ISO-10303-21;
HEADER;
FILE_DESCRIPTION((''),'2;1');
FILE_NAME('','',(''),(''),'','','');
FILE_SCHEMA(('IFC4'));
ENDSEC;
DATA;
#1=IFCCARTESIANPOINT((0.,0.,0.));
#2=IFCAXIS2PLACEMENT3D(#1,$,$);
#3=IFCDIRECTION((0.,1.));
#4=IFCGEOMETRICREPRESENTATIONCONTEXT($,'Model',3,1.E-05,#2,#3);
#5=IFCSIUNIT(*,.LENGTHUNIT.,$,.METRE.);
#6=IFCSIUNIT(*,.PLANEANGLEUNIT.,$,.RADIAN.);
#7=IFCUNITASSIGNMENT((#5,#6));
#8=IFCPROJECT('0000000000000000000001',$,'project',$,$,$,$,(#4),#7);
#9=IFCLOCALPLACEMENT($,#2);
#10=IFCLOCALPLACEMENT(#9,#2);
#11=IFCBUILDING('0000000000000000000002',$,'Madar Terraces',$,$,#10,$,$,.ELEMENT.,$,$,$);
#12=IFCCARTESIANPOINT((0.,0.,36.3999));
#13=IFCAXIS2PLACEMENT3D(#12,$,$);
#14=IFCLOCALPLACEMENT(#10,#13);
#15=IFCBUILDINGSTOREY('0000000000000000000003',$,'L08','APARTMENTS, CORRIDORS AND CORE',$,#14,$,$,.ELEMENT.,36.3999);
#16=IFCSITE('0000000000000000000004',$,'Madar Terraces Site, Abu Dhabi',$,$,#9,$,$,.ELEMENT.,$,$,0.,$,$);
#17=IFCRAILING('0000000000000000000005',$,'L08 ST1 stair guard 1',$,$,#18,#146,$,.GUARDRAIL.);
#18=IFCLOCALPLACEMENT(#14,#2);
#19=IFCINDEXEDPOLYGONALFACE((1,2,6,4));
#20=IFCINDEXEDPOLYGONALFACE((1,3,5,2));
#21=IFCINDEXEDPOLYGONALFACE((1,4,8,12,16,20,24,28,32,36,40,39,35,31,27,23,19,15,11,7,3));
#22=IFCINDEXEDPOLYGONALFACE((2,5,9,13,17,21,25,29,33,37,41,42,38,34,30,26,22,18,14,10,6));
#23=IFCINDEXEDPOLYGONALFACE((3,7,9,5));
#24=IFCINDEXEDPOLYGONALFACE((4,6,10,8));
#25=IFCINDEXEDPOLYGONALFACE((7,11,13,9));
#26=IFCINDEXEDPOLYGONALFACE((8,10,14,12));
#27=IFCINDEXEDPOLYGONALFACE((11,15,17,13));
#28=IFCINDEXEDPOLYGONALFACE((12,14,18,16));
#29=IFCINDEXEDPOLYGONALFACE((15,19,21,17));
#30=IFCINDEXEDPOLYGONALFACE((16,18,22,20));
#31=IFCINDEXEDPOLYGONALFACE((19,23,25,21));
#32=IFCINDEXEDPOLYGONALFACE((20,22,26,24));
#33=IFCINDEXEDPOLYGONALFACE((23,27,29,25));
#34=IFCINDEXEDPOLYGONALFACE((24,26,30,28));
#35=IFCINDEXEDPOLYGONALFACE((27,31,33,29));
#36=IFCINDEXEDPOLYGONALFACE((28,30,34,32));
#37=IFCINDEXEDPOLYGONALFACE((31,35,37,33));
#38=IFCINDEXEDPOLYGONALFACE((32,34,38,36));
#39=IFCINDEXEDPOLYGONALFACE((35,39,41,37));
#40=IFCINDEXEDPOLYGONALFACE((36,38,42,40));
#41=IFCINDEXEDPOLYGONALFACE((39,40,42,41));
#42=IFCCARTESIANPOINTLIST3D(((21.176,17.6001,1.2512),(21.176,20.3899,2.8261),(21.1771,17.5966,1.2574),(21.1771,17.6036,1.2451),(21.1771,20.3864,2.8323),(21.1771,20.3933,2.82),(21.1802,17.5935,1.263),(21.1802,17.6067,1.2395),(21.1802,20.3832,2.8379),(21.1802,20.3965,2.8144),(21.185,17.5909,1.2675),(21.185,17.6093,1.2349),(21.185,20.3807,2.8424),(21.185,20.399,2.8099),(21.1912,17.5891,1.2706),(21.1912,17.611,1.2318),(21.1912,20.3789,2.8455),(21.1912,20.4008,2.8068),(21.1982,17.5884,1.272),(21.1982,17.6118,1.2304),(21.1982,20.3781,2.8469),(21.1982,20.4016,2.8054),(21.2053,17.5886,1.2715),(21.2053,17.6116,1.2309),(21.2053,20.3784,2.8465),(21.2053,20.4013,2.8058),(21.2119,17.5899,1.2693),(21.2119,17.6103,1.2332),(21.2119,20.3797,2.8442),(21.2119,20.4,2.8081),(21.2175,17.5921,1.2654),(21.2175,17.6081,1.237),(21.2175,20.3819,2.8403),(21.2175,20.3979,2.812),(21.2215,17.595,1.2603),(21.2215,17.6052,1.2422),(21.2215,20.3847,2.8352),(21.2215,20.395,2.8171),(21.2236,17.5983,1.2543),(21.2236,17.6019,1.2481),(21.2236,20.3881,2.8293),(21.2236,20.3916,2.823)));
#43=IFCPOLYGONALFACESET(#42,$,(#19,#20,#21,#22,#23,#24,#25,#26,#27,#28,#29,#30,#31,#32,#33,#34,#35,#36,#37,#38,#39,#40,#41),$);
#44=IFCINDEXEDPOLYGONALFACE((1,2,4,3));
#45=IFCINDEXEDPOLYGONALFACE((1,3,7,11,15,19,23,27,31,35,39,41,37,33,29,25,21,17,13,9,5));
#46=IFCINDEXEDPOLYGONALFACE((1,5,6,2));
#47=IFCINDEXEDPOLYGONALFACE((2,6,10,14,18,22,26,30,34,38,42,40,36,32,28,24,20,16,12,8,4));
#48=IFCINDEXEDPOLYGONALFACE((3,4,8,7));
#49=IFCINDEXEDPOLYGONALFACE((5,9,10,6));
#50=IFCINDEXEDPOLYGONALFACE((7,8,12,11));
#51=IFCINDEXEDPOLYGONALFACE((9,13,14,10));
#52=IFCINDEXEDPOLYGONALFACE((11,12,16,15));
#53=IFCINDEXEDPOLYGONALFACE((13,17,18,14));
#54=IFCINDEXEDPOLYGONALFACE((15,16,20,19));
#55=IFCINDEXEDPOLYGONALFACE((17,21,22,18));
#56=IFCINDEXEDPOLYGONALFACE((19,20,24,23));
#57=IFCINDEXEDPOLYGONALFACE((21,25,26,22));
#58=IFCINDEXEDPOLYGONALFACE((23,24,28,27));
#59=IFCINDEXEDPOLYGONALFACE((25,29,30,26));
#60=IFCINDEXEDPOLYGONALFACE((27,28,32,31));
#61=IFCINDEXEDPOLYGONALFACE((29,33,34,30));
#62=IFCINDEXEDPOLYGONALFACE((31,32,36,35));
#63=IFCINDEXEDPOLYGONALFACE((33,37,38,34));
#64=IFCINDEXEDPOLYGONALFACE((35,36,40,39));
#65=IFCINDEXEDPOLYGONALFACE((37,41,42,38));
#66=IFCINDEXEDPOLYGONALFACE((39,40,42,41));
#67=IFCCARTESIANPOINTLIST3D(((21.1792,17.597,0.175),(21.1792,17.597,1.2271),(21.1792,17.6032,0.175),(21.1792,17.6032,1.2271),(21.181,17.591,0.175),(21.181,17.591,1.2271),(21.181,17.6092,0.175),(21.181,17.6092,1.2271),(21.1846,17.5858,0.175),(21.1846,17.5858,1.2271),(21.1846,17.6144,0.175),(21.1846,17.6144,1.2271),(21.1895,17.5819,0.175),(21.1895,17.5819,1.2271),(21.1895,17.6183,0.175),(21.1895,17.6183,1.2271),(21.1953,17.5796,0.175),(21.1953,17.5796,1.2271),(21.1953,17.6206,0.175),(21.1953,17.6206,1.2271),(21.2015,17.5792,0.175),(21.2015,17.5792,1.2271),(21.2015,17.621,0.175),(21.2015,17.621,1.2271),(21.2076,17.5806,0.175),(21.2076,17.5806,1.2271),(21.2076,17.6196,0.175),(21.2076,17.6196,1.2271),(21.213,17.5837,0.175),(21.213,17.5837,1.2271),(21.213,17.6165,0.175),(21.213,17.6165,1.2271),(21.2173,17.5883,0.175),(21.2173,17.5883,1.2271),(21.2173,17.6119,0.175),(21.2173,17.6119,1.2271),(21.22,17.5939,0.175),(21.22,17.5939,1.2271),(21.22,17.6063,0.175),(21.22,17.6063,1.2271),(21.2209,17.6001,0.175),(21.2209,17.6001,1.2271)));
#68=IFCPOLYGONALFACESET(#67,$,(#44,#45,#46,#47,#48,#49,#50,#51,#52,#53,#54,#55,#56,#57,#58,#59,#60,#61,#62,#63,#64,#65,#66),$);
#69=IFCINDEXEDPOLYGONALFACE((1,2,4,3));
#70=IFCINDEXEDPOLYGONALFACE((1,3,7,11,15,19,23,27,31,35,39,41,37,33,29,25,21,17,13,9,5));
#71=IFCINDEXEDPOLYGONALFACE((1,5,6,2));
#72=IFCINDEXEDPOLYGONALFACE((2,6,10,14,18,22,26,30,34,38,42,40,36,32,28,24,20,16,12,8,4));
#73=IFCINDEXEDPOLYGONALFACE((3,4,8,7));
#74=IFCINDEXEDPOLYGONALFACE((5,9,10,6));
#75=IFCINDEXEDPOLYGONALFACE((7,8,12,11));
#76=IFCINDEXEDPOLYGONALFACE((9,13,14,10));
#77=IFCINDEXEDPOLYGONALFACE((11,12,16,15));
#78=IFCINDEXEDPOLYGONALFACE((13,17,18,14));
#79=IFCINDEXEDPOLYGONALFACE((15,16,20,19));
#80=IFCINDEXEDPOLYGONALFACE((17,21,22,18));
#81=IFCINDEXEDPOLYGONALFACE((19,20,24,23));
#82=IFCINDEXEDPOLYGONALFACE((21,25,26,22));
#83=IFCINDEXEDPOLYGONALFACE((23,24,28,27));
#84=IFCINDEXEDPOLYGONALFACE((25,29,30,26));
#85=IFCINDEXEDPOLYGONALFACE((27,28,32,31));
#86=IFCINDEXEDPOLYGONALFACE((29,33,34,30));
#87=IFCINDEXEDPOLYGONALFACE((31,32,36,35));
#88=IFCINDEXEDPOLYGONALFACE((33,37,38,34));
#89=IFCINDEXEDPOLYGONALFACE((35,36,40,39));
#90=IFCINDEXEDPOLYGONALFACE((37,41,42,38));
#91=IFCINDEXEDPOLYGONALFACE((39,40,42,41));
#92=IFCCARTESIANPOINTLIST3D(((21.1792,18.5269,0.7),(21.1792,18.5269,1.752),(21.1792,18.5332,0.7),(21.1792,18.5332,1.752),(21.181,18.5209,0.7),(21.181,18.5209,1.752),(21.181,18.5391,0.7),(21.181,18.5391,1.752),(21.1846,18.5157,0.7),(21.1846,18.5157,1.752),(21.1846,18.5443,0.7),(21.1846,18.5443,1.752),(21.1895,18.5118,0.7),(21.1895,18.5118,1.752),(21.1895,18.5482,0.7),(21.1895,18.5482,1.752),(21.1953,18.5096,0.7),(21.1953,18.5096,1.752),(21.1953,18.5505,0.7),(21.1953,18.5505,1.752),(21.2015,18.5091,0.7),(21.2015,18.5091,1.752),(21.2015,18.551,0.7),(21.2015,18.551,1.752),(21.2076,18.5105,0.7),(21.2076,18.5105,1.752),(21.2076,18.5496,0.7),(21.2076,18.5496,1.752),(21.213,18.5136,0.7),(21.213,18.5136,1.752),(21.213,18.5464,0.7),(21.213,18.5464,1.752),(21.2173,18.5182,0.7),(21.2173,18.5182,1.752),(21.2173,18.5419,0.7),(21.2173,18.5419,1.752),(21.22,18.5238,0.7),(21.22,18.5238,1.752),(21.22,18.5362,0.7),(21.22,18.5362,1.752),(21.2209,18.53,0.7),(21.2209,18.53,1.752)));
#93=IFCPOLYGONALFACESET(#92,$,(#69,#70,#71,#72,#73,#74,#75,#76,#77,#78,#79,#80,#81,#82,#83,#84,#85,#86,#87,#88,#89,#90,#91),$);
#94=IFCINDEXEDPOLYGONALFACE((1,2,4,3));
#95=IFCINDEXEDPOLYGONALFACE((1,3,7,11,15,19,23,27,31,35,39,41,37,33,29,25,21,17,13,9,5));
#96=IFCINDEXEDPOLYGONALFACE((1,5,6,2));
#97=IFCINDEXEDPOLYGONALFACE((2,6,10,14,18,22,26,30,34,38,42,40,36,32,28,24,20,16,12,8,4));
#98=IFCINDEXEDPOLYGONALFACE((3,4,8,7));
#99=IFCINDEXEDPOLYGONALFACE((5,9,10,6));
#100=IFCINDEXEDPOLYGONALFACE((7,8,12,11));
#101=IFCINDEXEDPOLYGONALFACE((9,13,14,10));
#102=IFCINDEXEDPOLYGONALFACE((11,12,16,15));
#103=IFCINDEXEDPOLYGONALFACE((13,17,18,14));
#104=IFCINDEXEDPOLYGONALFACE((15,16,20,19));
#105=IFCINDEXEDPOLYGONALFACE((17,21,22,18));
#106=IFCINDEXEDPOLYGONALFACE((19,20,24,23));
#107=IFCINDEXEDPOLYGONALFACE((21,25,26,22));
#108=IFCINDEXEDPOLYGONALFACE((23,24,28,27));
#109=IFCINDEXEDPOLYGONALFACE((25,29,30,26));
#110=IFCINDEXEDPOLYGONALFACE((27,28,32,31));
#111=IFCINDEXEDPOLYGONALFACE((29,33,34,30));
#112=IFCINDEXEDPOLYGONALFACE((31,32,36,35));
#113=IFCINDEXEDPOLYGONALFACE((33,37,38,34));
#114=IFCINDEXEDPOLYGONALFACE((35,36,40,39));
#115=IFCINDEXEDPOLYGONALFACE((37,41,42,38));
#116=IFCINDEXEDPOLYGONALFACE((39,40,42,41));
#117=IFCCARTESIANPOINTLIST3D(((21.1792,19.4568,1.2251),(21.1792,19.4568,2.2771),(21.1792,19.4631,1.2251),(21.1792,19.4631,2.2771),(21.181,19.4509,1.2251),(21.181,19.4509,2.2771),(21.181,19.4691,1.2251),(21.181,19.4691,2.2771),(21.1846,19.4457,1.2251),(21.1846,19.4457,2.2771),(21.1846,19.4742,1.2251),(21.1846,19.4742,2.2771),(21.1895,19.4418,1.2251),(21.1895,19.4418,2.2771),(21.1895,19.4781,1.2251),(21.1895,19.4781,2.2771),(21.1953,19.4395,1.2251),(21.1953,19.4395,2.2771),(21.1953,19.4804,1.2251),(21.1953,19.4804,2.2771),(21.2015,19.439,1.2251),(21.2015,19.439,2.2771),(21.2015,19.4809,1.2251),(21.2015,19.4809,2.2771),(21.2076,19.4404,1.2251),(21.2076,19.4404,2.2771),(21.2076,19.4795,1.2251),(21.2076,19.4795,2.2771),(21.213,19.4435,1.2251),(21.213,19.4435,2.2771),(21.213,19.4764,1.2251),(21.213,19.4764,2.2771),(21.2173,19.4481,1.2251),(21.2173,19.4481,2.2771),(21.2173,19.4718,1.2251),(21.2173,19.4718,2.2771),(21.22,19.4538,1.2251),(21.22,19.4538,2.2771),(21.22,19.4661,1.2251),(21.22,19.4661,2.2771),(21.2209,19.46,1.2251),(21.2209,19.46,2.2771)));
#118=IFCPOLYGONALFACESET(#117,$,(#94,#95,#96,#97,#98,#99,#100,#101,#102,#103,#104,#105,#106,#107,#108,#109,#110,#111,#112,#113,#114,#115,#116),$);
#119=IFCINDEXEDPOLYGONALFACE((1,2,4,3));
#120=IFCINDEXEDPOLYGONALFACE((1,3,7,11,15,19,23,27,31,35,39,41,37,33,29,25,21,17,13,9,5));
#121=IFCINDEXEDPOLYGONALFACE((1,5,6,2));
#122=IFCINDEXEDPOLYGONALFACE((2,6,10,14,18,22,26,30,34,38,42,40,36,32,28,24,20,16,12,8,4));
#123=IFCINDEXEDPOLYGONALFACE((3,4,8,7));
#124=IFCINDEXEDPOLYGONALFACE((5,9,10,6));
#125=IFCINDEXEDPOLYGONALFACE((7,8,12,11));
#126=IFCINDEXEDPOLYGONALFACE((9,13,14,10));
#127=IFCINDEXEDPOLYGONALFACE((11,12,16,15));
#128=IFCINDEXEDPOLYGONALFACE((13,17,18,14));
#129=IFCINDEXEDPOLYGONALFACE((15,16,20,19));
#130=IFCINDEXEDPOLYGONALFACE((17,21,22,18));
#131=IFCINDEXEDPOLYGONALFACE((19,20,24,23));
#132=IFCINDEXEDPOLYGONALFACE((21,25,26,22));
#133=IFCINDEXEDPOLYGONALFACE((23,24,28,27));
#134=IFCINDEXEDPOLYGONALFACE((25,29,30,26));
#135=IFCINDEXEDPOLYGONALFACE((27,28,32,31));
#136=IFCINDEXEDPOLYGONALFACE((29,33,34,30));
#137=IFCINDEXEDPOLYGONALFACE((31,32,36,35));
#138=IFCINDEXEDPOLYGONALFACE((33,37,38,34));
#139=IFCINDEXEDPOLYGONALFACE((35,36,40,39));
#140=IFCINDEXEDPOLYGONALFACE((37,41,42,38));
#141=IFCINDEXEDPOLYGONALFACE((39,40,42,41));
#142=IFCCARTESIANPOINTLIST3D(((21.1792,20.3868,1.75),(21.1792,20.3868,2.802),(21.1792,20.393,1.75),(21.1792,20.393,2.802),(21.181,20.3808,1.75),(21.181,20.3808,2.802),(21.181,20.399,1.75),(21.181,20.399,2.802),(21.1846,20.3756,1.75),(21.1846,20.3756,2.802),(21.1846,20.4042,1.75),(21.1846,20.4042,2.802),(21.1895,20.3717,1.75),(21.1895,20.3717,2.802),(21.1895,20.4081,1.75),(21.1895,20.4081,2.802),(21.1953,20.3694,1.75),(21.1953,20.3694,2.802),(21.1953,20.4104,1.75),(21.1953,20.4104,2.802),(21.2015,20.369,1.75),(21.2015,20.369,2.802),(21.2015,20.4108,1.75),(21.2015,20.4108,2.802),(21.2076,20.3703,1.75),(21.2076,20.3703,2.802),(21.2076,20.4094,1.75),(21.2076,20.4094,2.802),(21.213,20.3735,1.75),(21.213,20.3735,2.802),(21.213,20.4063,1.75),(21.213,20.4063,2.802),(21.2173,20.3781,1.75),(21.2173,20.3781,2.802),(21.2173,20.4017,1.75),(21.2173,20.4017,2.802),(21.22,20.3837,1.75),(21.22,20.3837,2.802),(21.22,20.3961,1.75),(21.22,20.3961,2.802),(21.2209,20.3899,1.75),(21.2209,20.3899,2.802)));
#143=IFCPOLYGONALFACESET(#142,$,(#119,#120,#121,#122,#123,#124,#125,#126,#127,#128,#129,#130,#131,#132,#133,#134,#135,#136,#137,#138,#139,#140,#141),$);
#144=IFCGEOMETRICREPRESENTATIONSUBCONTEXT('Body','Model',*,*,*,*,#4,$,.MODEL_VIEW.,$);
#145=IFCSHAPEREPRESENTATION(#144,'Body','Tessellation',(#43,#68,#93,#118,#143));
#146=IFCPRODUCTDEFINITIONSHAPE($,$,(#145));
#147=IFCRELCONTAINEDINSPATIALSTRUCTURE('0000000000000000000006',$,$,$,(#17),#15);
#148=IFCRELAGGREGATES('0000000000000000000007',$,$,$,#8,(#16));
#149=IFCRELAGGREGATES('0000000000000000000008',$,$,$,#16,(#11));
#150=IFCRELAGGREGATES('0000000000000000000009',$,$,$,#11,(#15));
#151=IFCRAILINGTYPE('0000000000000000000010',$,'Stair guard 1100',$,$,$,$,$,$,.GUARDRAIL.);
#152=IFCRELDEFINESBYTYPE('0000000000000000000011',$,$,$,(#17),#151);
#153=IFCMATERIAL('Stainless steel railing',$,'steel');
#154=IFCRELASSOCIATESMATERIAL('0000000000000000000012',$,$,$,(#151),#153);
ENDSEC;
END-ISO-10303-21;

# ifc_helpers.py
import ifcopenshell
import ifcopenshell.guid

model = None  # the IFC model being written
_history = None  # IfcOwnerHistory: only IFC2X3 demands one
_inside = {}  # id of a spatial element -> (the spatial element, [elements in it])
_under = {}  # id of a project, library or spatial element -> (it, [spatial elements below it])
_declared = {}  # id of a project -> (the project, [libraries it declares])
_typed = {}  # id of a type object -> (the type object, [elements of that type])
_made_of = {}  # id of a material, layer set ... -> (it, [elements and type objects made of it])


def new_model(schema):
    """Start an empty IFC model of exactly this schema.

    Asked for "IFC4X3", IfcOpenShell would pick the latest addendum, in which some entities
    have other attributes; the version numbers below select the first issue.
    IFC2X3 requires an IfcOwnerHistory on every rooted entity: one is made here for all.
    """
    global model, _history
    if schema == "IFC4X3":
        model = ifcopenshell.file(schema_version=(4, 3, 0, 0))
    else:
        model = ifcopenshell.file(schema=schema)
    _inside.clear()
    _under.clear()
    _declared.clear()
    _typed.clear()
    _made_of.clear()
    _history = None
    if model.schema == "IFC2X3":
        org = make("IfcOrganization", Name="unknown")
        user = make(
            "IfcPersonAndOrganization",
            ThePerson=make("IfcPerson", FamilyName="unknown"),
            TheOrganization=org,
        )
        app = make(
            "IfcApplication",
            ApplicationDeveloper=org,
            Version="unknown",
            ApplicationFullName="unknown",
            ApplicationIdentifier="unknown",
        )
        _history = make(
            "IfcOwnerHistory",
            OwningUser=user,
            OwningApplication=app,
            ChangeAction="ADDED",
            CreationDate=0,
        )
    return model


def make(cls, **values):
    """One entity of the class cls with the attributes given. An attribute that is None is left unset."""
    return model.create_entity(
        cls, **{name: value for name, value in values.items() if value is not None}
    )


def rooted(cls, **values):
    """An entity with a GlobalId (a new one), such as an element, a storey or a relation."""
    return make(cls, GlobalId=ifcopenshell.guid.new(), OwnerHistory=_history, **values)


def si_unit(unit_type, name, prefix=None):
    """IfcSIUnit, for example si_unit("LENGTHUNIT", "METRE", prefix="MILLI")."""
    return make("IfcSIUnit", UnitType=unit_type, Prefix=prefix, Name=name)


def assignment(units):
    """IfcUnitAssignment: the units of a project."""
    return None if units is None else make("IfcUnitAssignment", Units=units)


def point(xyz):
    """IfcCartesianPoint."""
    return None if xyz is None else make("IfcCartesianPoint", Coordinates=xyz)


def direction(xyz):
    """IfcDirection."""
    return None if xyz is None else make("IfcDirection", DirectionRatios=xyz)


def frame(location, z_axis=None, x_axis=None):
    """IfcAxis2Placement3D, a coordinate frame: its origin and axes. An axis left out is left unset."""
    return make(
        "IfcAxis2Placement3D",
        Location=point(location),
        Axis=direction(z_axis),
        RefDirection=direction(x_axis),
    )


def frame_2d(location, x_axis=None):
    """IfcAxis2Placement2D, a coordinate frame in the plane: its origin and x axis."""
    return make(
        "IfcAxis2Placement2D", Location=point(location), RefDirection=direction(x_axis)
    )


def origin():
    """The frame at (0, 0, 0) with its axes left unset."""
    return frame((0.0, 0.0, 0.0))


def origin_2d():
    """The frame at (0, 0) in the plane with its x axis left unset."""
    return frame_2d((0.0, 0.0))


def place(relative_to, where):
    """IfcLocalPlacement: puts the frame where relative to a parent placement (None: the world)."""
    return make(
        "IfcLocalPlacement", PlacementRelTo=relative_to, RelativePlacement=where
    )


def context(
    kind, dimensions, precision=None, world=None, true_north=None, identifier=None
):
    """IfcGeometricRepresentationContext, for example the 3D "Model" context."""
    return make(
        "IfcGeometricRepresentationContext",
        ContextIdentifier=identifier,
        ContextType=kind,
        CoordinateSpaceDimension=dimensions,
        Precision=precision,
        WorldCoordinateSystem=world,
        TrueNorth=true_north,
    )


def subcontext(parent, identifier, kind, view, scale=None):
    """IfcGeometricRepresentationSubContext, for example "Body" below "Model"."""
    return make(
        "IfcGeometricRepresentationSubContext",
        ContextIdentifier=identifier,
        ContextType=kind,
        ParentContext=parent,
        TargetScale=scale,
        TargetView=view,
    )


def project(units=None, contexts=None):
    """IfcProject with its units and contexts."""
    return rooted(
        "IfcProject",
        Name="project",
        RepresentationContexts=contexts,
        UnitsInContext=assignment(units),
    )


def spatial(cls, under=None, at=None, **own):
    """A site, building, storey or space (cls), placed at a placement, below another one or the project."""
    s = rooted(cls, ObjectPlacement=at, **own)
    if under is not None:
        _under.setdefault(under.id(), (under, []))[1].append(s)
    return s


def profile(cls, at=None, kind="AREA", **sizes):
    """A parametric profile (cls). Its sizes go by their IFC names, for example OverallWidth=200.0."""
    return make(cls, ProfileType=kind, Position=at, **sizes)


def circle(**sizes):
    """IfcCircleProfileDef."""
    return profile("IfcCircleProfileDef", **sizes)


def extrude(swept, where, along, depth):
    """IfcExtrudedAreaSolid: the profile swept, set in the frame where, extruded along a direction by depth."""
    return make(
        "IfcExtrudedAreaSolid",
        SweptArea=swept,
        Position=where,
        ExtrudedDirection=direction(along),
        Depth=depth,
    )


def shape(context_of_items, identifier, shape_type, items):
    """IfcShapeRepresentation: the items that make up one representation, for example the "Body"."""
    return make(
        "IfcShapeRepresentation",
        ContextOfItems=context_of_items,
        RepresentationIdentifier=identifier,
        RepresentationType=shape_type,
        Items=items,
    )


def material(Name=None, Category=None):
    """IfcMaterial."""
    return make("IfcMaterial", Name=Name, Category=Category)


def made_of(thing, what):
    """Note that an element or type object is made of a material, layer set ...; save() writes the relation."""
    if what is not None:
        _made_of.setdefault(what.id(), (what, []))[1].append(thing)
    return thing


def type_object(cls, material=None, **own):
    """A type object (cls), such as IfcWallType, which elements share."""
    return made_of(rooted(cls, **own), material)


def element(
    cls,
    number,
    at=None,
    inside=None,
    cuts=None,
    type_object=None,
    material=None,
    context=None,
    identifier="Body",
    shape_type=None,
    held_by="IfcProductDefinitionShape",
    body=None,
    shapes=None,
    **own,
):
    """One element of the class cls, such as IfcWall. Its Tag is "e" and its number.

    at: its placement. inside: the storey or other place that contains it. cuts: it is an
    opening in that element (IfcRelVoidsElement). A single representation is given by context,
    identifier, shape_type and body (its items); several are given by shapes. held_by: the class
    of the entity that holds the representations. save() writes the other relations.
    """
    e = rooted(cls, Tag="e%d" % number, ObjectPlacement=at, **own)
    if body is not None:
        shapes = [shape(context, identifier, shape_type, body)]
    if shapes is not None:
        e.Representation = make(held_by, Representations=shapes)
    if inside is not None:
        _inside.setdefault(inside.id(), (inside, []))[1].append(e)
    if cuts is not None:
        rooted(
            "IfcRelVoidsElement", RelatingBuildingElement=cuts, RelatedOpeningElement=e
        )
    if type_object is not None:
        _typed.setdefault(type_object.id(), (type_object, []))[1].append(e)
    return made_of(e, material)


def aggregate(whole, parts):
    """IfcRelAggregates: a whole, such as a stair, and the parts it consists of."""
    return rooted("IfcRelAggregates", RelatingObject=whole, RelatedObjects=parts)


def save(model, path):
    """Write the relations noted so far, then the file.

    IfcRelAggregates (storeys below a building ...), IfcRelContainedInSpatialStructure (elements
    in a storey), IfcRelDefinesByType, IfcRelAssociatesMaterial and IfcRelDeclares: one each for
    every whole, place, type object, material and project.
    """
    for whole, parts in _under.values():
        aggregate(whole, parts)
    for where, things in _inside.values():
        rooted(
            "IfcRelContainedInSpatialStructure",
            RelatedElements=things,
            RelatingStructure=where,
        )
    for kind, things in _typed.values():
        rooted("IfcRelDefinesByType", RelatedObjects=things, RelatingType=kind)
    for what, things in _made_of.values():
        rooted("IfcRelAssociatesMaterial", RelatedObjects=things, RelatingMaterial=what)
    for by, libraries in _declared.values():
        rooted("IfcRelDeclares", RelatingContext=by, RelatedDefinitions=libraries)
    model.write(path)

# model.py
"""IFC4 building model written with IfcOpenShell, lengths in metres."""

from ifc_helpers import new_model, si_unit, direction, frame, origin, origin_2d, place, context, subcontext, project, spatial, circle, extrude, material, type_object, element, save


model = new_model("IFC4")

# Units and contexts
model_context = context("Model", 3, precision=1e-05, world=origin(), true_north=direction((0.0, 1.0)))
body_context = subcontext(model_context, "Body", "Model", "MODEL_VIEW")
ifc_project = project(units=[si_unit("LENGTHUNIT", "METRE"), si_unit("PLANEANGLEUNIT", "RADIAN")], contexts=[model_context])

# Site, building, storey
site_placement = place(None, origin())
site = spatial("IfcSite", under=ifc_project, at=site_placement, Name="Madar Terraces Site, Abu Dhabi", CompositionType="ELEMENT", RefElevation=0.0)
building_placement = place(site_placement, origin())
building = spatial("IfcBuilding", under=site, at=building_placement, Name="Madar Terraces", CompositionType="ELEMENT")
storey_placement = place(building_placement, frame((0.0, 0.0, 36.3999)))
storey = spatial("IfcBuildingStorey", under=building, at=storey_placement, Name="L08", Description="APARTMENTS, CORRIDORS AND CORE", CompositionType="ELEMENT", Elevation=36.3999)

# Railing
ifc_material_1 = material(Name="Stainless steel railing", Category="steel")
railing_type_1 = type_object("IfcRailingType", Name="Stair guard 1100", PredefinedType="GUARDRAIL", material=ifc_material_1)
railing_1_placement = place(storey_placement, frame((21.2, 17.6001, 0.175)))
element("IfcRailing", 1, at=railing_1_placement, inside=storey, type_object=railing_type_1, Name="L08 ST1 stair guard 1", PredefinedType="GUARDRAIL", context=body_context, shape_type="SweptSolid", body=[
    extrude(circle(Radius=0.0239, at=origin_2d()), frame((0.0, 0.0, 1.0762), z_axis=(0.0, 0.870815, 0.49161), x_axis=(-1.0, 0.0, 0.0)), (0.0, 0.0, 1.0), 3.2036),
    extrude(circle(Radius=0.021, at=origin_2d()), origin(), (0.0, 0.0, 1.0), 1.052),
    extrude(circle(Radius=0.021, at=origin_2d()), frame((0.0, 0.9299, 0.5249)), (0.0, 0.0, 1.0), 1.052),
    extrude(circle(Radius=0.021, at=origin_2d()), frame((0.0, 1.8599, 1.05)), (0.0, 0.0, 1.0), 1.052),
    extrude(circle(Radius=0.021, at=origin_2d()), frame((0.0, 2.7898, 1.575)), (0.0, 0.0, 1.0), 1.052),
])

save(model, "model.ifc")
